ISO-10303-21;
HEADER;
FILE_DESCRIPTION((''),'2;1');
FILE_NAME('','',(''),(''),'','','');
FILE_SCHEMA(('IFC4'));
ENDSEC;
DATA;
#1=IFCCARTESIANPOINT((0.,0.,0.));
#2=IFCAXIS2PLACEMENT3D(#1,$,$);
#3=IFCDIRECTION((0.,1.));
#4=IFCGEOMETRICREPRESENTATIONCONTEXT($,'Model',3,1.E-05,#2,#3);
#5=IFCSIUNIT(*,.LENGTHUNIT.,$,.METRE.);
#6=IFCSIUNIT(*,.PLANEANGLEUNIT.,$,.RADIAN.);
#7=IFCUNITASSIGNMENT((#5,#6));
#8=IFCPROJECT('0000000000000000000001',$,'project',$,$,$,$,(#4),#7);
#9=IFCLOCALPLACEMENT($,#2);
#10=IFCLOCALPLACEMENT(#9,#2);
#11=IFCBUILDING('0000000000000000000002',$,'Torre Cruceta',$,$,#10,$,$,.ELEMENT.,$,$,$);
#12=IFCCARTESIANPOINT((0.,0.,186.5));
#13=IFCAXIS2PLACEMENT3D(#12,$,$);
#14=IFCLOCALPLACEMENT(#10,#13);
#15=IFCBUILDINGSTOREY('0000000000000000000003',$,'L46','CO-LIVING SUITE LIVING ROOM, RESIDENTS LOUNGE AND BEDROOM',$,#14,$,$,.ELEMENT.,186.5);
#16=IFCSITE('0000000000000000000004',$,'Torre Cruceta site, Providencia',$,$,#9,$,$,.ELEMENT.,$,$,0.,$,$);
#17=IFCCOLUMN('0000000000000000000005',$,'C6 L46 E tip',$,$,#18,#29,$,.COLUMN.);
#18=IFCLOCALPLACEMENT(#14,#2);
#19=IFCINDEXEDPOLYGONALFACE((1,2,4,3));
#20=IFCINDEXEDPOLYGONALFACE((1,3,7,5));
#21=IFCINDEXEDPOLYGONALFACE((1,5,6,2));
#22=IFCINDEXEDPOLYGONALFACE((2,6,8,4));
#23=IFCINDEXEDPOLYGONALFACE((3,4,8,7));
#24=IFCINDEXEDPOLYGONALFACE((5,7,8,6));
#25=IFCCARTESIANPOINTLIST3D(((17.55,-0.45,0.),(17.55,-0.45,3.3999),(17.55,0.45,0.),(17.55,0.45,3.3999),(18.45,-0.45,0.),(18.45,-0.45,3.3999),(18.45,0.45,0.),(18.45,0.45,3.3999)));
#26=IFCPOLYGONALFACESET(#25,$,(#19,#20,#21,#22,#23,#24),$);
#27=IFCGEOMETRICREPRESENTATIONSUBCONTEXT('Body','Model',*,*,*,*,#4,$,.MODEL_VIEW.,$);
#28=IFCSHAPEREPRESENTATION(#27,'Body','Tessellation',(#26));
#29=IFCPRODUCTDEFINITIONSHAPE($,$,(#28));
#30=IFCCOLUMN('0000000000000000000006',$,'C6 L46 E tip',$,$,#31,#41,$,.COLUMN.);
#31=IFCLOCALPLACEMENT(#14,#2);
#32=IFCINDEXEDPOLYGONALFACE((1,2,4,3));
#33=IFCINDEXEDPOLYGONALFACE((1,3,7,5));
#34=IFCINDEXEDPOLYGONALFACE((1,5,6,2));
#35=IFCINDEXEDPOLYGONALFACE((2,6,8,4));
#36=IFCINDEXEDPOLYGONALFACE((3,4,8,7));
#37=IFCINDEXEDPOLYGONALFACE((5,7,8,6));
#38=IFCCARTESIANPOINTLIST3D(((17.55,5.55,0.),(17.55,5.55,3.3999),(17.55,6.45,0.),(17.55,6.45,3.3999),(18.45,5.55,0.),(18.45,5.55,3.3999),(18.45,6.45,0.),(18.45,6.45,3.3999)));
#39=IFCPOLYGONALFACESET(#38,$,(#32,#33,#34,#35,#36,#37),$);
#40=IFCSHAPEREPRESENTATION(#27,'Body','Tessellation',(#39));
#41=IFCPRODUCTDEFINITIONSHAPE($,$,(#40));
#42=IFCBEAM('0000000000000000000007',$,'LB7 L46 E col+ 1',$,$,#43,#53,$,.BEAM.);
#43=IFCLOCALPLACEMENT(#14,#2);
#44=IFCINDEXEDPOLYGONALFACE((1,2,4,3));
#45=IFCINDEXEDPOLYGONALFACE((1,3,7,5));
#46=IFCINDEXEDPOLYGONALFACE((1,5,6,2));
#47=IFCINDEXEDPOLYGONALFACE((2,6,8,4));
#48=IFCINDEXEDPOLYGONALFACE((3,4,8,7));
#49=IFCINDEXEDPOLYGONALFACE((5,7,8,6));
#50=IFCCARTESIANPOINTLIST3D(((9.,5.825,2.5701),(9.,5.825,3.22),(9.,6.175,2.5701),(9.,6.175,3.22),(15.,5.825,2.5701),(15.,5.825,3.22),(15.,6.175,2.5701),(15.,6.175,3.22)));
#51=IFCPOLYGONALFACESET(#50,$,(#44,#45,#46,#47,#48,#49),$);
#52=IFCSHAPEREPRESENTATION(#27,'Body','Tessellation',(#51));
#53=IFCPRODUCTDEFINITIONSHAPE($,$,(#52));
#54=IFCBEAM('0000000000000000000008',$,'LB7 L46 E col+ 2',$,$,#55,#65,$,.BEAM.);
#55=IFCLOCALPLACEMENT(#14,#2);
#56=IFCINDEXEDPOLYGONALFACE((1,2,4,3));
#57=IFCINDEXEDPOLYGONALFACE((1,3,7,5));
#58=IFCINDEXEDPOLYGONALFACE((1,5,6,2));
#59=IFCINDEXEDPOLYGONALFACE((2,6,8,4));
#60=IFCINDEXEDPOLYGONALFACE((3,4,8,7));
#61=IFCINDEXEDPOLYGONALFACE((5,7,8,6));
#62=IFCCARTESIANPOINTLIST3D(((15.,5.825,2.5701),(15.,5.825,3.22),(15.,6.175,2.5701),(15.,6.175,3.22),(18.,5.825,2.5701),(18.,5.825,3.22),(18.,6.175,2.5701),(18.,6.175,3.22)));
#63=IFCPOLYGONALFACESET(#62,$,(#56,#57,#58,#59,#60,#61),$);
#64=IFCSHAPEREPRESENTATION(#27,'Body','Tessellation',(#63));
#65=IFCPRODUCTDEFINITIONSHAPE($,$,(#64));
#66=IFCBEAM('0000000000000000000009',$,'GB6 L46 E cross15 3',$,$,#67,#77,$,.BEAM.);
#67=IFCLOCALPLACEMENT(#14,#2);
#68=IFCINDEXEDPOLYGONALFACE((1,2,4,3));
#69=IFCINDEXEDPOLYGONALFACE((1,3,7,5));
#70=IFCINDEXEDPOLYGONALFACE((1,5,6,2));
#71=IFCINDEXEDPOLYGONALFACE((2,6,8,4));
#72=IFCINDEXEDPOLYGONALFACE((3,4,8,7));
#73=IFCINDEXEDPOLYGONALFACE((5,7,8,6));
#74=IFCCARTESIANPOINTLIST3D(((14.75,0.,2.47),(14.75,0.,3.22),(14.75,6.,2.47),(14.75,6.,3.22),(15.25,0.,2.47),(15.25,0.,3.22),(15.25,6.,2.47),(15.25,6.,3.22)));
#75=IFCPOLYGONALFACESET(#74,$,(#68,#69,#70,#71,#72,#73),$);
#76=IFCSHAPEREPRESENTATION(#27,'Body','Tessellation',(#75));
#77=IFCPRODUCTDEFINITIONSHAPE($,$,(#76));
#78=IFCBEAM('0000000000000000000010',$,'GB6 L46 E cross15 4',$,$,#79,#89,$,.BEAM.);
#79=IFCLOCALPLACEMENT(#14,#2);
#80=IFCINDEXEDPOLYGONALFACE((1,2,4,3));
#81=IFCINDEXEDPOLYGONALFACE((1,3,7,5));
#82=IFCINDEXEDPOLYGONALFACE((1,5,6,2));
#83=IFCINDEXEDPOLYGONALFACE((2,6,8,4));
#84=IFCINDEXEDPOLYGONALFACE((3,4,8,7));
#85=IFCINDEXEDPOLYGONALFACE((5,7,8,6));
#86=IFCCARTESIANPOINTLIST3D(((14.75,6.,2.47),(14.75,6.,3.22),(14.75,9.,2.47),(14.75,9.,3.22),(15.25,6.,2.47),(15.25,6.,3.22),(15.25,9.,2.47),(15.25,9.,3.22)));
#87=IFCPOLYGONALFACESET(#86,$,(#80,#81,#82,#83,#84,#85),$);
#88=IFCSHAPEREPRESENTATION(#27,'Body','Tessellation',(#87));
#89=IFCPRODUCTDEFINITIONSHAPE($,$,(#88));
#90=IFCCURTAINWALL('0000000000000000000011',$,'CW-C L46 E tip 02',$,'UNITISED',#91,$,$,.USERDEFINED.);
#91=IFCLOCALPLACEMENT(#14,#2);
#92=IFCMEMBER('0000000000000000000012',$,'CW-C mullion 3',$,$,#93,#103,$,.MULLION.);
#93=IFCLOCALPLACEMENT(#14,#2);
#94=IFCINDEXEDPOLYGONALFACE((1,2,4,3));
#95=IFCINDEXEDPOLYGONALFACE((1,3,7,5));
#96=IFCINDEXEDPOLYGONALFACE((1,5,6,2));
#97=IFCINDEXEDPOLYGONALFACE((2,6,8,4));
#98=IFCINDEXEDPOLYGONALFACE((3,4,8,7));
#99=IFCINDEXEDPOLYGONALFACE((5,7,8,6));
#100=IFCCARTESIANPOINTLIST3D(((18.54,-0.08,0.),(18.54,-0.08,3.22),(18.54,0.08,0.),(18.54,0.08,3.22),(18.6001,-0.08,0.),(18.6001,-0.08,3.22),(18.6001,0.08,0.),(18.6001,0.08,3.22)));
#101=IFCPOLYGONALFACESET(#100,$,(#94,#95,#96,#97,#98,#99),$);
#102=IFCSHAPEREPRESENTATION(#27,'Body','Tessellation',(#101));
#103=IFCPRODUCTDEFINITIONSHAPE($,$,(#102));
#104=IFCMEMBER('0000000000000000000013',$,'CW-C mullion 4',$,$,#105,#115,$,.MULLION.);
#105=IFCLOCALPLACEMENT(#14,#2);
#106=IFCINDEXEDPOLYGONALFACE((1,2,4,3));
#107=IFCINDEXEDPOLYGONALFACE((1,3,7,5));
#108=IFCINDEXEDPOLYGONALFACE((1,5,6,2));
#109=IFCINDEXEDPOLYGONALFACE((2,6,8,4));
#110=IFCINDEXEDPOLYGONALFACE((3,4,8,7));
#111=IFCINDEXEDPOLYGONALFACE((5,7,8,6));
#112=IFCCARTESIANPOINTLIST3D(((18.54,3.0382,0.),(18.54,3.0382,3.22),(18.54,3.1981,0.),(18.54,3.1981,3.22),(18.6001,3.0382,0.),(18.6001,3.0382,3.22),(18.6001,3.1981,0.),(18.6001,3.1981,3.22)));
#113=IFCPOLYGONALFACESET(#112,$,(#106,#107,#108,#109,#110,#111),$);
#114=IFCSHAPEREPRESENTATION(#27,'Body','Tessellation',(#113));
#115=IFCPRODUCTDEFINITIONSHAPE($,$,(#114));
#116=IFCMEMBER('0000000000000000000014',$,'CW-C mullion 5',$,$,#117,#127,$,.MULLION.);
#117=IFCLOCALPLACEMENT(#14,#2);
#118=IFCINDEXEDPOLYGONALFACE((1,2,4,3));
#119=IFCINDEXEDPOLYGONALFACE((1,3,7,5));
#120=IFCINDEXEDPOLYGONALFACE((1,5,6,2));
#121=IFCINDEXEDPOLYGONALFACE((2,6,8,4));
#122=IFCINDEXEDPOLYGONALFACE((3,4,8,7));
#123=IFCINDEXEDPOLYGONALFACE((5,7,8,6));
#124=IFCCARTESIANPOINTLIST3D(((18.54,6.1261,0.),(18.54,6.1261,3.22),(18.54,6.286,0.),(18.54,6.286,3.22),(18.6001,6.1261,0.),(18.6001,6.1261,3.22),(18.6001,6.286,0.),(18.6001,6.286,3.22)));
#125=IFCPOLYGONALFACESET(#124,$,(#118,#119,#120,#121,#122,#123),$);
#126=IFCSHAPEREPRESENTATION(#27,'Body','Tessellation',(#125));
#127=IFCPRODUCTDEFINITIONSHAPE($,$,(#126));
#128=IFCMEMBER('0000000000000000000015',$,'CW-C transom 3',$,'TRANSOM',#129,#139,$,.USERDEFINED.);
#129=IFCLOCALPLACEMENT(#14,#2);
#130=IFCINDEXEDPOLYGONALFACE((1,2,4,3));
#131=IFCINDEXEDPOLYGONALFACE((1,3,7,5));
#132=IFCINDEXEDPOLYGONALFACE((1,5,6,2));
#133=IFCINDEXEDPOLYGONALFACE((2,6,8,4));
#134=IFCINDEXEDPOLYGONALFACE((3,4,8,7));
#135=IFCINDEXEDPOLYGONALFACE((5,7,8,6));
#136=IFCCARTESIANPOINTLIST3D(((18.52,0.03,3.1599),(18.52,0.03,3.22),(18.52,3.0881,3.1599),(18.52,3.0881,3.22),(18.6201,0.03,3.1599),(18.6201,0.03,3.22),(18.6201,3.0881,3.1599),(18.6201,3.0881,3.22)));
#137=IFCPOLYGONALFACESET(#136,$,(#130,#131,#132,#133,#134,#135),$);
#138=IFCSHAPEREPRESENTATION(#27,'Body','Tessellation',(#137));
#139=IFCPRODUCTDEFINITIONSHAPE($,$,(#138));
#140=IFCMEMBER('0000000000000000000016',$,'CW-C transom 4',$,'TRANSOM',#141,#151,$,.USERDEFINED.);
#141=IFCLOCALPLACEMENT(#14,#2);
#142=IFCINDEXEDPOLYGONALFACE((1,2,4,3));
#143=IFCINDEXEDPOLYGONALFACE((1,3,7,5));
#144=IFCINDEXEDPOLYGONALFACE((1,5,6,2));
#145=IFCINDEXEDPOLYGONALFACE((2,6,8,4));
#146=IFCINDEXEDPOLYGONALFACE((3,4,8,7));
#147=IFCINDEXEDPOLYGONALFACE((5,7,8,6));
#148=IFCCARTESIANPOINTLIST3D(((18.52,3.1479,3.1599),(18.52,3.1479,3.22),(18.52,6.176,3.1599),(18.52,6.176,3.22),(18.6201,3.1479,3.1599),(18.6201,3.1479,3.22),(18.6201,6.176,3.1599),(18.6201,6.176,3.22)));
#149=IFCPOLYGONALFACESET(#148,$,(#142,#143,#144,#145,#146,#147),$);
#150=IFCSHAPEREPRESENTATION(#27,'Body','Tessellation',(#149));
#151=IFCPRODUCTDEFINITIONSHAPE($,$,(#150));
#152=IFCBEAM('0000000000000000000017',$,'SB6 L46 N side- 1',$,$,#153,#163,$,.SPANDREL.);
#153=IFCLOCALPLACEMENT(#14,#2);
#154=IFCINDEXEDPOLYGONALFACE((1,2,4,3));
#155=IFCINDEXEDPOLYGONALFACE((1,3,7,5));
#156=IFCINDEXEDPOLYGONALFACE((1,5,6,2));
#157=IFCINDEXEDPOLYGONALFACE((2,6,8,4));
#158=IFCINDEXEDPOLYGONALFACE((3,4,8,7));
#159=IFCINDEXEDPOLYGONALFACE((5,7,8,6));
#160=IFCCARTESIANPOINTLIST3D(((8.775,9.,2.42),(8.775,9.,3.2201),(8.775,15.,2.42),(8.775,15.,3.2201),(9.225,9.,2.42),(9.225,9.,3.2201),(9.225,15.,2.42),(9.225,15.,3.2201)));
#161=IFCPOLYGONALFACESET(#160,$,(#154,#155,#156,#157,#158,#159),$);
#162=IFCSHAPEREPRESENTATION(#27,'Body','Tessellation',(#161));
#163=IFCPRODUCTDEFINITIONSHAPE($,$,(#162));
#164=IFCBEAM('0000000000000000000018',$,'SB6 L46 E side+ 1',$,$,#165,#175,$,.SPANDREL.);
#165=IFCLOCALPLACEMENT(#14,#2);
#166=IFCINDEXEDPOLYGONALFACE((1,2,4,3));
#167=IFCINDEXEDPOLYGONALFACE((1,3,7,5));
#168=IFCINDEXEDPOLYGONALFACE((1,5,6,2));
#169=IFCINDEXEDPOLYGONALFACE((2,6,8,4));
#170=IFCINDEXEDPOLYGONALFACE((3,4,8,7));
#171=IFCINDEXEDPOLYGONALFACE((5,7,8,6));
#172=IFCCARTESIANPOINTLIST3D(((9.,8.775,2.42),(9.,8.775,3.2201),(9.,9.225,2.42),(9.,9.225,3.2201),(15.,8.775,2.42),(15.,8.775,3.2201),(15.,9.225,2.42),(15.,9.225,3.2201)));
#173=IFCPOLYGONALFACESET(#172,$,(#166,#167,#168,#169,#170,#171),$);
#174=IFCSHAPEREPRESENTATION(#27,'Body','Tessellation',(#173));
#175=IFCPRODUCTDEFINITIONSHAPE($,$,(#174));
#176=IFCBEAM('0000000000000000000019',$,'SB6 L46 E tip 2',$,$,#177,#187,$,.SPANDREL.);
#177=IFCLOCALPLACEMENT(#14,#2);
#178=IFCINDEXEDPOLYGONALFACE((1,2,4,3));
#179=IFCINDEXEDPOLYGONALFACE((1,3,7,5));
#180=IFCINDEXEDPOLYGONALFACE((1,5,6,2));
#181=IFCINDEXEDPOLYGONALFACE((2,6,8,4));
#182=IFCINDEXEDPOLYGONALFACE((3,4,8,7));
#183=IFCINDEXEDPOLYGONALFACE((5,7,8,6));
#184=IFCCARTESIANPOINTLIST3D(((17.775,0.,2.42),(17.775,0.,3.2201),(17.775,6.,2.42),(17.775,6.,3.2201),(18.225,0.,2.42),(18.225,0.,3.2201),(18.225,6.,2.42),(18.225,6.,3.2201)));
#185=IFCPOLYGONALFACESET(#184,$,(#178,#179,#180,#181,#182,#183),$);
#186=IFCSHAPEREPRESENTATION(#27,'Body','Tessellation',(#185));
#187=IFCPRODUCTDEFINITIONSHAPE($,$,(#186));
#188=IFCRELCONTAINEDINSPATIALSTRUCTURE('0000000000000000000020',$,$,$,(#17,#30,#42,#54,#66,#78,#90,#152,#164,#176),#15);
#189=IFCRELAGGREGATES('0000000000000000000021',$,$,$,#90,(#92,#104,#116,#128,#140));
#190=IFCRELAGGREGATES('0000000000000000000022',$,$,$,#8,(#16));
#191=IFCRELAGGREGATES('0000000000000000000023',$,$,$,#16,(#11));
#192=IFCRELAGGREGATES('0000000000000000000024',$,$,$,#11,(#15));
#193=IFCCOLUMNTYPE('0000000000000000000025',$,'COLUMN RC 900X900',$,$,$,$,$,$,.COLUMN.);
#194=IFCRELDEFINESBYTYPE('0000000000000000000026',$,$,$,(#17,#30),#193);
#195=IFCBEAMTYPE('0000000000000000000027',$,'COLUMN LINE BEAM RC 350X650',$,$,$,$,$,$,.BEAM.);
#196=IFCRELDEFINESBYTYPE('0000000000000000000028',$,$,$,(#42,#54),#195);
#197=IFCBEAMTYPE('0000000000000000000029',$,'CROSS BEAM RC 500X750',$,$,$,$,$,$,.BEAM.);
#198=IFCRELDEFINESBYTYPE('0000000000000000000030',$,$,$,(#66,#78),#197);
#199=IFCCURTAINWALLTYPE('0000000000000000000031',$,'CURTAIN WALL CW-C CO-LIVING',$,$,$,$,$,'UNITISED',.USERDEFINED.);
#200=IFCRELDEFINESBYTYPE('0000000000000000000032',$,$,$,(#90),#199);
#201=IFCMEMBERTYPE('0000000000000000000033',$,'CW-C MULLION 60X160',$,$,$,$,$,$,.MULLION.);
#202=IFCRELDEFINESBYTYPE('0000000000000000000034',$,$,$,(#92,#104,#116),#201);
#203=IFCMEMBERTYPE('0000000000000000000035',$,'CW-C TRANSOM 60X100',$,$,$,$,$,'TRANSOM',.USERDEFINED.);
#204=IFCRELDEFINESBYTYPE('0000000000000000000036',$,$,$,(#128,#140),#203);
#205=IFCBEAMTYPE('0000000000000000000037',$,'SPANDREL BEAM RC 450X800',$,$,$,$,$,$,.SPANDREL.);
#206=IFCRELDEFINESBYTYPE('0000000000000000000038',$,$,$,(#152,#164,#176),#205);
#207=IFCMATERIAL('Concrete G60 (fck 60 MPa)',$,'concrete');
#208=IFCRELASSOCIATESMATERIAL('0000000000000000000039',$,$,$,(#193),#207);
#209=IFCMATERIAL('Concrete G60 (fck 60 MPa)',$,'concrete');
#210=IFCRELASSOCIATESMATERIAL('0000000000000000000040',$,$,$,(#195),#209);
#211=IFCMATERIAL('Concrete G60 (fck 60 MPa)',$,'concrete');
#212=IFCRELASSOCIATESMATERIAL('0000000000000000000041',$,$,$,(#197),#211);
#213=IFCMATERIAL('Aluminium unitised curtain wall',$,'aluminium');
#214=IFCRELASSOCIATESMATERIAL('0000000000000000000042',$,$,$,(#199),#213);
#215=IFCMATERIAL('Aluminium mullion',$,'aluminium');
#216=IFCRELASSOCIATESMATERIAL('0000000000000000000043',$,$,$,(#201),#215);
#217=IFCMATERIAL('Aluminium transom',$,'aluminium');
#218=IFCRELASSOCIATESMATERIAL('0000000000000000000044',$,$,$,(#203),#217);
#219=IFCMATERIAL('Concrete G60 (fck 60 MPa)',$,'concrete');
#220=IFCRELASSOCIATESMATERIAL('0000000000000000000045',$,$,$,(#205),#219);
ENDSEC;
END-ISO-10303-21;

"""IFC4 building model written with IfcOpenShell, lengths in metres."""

from ifc_helpers import new_model, si_unit, direction, frame, origin, origin_2d, place, context, subcontext, project, spatial, rectangle, extrude, material, material_profile, profile_set, type_object, element, aggregate, save


model = new_model("IFC4")

# Units and contexts
model_context = context("Model", 3, precision=1e-05, world=origin(), true_north=direction((0.0, 1.0)))
body_context = subcontext(model_context, "Body", "Model", "MODEL_VIEW")
ifc_project = project(units=[si_unit("LENGTHUNIT", "METRE"), si_unit("PLANEANGLEUNIT", "RADIAN")], contexts=[model_context])

# Site, building, storey
site_placement = place(None, origin())
site = spatial("IfcSite", under=ifc_project, at=site_placement, Name="Torre Cruceta site, Providencia", CompositionType="ELEMENT", RefElevation=0.0)
building_placement = place(site_placement, origin())
building = spatial("IfcBuilding", under=site, at=building_placement, Name="Torre Cruceta", CompositionType="ELEMENT")
storey_placement = place(building_placement, frame((0.0, 0.0, 186.5)))
storey = spatial("IfcBuildingStorey", under=building, at=storey_placement, Name="L46", Description="CO-LIVING SUITE LIVING ROOM, RESIDENTS LOUNGE AND BEDROOM", CompositionType="ELEMENT", Elevation=186.5)

# Columns
ifc_material_1 = material(Name="Concrete G60 (fck 60 MPa)", Category="concrete")
ifc_material_profile_1 = material_profile(ifc_material_1, rectangle(XDim=0.8999, YDim=0.8999, at=origin_2d()), Name="RC 900X900")
ifc_profile_set_1 = profile_set([ifc_material_profile_1], Name="Concrete G60 (fck 60 MPa)")
column_type = type_object("IfcColumnType", Name="COLUMN RC 900X900", PredefinedType="COLUMN", material=ifc_profile_set_1)
for number, where, z_axis, x_axis, name in (
    (1, (18.0, 0.0, 0.0), (0.0, 0.0, 1.0), (1.0, 0.0, 0.0), "C6 L46 E tip"),
    (2, (18.0, 6.0, 0.0), (0.0, 0.0, 1.0), (1.0, 0.0, 0.0), "C6 L46 E tip"),
):
    element("IfcColumn", number, at=place(storey_placement, frame(where, z_axis=z_axis, x_axis=x_axis)), inside=storey, type_object=column_type, Name=name, PredefinedType="COLUMN", context=body_context, shape_type="SweptSolid", body=[
        extrude(rectangle(XDim=0.8999, YDim=0.8999, at=origin_2d()), origin(), (0.0, 0.0, 1.0), 3.3999),
    ])

# Beams
ifc_material_2 = material(Name="Concrete G60 (fck 60 MPa)", Category="concrete")
ifc_material_profile_2 = material_profile(ifc_material_2, rectangle(XDim=0.3501, YDim=0.6499, at=origin_2d()), Name="RC 350X650")
ifc_profile_set_2 = profile_set([ifc_material_profile_2], Name="Concrete G60 (fck 60 MPa)")
beam_type_1 = type_object("IfcBeamType", Name="COLUMN LINE BEAM RC 350X650", PredefinedType="BEAM", material=ifc_profile_set_2)
beam_1_placement = place(storey_placement, frame((9.0, 6.0, 2.895), z_axis=(1.0, 0.0, 0.0), x_axis=(0.0, 1.0, 0.0)))
element("IfcBeam", 3, at=beam_1_placement, inside=storey, type_object=beam_type_1, Name="LB7 L46 E col+ 1", PredefinedType="BEAM", context=body_context, shape_type="SweptSolid", body=[
    extrude(rectangle(XDim=0.3501, YDim=0.6499, at=origin_2d()), origin(), (0.0, 0.0, 1.0), 6.0),
])
beam_2_placement = place(storey_placement, frame((15.0, 6.0, 2.895), z_axis=(1.0, 0.0, 0.0), x_axis=(0.0, 1.0, 0.0)))
element("IfcBeam", 4, at=beam_2_placement, inside=storey, type_object=beam_type_1, Name="LB7 L46 E col+ 2", PredefinedType="BEAM", context=body_context, shape_type="SweptSolid", body=[
    extrude(rectangle(XDim=0.3501, YDim=0.6499, at=origin_2d()), origin(), (0.0, 0.0, 1.0), 3.0),
])
ifc_material_3 = material(Name="Concrete G60 (fck 60 MPa)", Category="concrete")
ifc_material_profile_3 = material_profile(ifc_material_3, rectangle(XDim=0.5, YDim=0.75, at=origin_2d()), Name="RC 500X750")
ifc_profile_set_3 = profile_set([ifc_material_profile_3], Name="Concrete G60 (fck 60 MPa)")
beam_type_2 = type_object("IfcBeamType", Name="CROSS BEAM RC 500X750", PredefinedType="BEAM", material=ifc_profile_set_3)
beam_3_placement = place(storey_placement, frame((15.0, 0.0, 2.845), z_axis=(0.0, 1.0, 0.0), x_axis=(-1.0, 0.0, 0.0)))
element("IfcBeam", 5, at=beam_3_placement, inside=storey, type_object=beam_type_2, Name="GB6 L46 E cross15 3", PredefinedType="BEAM", context=body_context, shape_type="SweptSolid", body=[
    extrude(rectangle(XDim=0.5, YDim=0.75, at=origin_2d()), origin(), (0.0, 0.0, 1.0), 6.0),
])
beam_4_placement = place(storey_placement, frame((15.0, 6.0, 2.845), z_axis=(0.0, 1.0, 0.0), x_axis=(-1.0, 0.0, 0.0)))
element("IfcBeam", 6, at=beam_4_placement, inside=storey, type_object=beam_type_2, Name="GB6 L46 E cross15 4", PredefinedType="BEAM", context=body_context, shape_type="SweptSolid", body=[
    extrude(rectangle(XDim=0.5, YDim=0.75, at=origin_2d()), origin(), (0.0, 0.0, 1.0), 3.0),
])

# Curtain wall, members
ifc_material_4 = material(Name="Aluminium unitised curtain wall", Category="aluminium")
curtain_wall_type = type_object("IfcCurtainWallType", Name="CURTAIN WALL CW-C CO-LIVING", ElementType="UNITISED", PredefinedType="USERDEFINED", material=ifc_material_4)
curtain_wall_placement = place(storey_placement, origin())
curtain_wall = element("IfcCurtainWall", 7, at=curtain_wall_placement, inside=storey, type_object=curtain_wall_type, Name="CW-C L46 E tip 02", ObjectType="UNITISED", PredefinedType="USERDEFINED")
ifc_material_5 = material(Name="Aluminium mullion", Category="aluminium")
ifc_material_profile_4 = material_profile(ifc_material_5, rectangle(XDim=0.0601, YDim=0.1599, at=origin_2d()), Name="AL 60X160")
ifc_profile_set_4 = profile_set([ifc_material_profile_4], Name="Aluminium mullion")
member_type_1 = type_object("IfcMemberType", Name="CW-C MULLION 60X160", PredefinedType="MULLION", material=ifc_profile_set_4)
member_1_placement = place(storey_placement, frame((18.5701, 0.0, 0.0), z_axis=(0.0, 0.0, 1.0), x_axis=(-1.0, 0.0, 0.0)))
member_1 = element("IfcMember", 8, at=member_1_placement, type_object=member_type_1, Name="CW-C mullion 3", PredefinedType="MULLION", context=body_context, shape_type="SweptSolid", body=[
    extrude(rectangle(XDim=0.0601, YDim=0.1599, at=origin_2d()), origin(), (0.0, 0.0, 1.0), 3.22),
])
member_2_placement = place(storey_placement, frame((18.5701, 3.1182, 0.0), z_axis=(0.0, 0.0, 1.0), x_axis=(-1.0, 0.0, 0.0)))
member_2 = element("IfcMember", 9, at=member_2_placement, type_object=member_type_1, Name="CW-C mullion 4", PredefinedType="MULLION", context=body_context, shape_type="SweptSolid", body=[
    extrude(rectangle(XDim=0.0601, YDim=0.1599, at=origin_2d()), origin(), (0.0, 0.0, 1.0), 3.22),
])
member_3_placement = place(storey_placement, frame((18.5701, 6.2061, 0.0), z_axis=(0.0, 0.0, 1.0), x_axis=(-1.0, 0.0, 0.0)))
member_3 = element("IfcMember", 10, at=member_3_placement, type_object=member_type_1, Name="CW-C mullion 5", PredefinedType="MULLION", context=body_context, shape_type="SweptSolid", body=[
    extrude(rectangle(XDim=0.0601, YDim=0.1599, at=origin_2d()), origin(), (0.0, 0.0, 1.0), 3.22),
])
ifc_material_6 = material(Name="Aluminium transom", Category="aluminium")
ifc_material_profile_5 = material_profile(ifc_material_6, rectangle(XDim=0.1001, YDim=0.0601, at=origin_2d()), Name="AL 100X60")
ifc_profile_set_5 = profile_set([ifc_material_profile_5], Name="Aluminium transom")
member_type_2 = type_object("IfcMemberType", Name="CW-C TRANSOM 60X100", ElementType="TRANSOM", PredefinedType="USERDEFINED", material=ifc_profile_set_5)
member_4_placement = place(storey_placement, frame((18.5701, 0.03, 3.1899), z_axis=(0.0, 1.0, 0.0), x_axis=(-1.0, 0.0, 0.0)))
member_4 = element("IfcMember", 11, at=member_4_placement, type_object=member_type_2, Name="CW-C transom 3", ObjectType="TRANSOM", PredefinedType="USERDEFINED", context=body_context, shape_type="SweptSolid", body=[
    extrude(rectangle(XDim=0.1001, YDim=0.0601, at=origin_2d()), origin(), (0.0, 0.0, 1.0), 3.0581),
])
member_5_placement = place(storey_placement, frame((18.5701, 3.1479, 3.1899), z_axis=(0.0, 1.0, 0.0), x_axis=(-1.0, 0.0, 0.0)))
member_5 = element("IfcMember", 12, at=member_5_placement, type_object=member_type_2, Name="CW-C transom 4", ObjectType="TRANSOM", PredefinedType="USERDEFINED", context=body_context, shape_type="SweptSolid", body=[
    extrude(rectangle(XDim=0.1001, YDim=0.0601, at=origin_2d()), origin(), (0.0, 0.0, 1.0), 3.0281),
])

# Beams
ifc_material_7 = material(Name="Concrete G60 (fck 60 MPa)", Category="concrete")
ifc_material_profile_6 = material_profile(ifc_material_7, rectangle(XDim=0.45, YDim=0.8, at=origin_2d()), Name="RC 450X800")
ifc_profile_set_6 = profile_set([ifc_material_profile_6], Name="Concrete G60 (fck 60 MPa)")
beam_type_3 = type_object("IfcBeamType", Name="SPANDREL BEAM RC 450X800", PredefinedType="SPANDREL", material=ifc_profile_set_6)
for number, where, z_axis, x_axis, name in (
    (13, (9.0, 9.0, 2.8201), (0.0, 1.0, 0.0), (-1.0, 0.0, 0.0), "SB6 L46 N side- 1"),
    (14, (9.0, 9.0, 2.8201), (1.0, 0.0, 0.0), (0.0, 1.0, 0.0), "SB6 L46 E side+ 1"),
    (15, (18.0, 0.0, 2.8201), (0.0, 1.0, 0.0), (-1.0, 0.0, 0.0), "SB6 L46 E tip 2"),
):
    element("IfcBeam", number, at=place(storey_placement, frame(where, z_axis=z_axis, x_axis=x_axis)), inside=storey, type_object=beam_type_3, Name=name, PredefinedType="SPANDREL", context=body_context, shape_type="SweptSolid", body=[
        extrude(rectangle(XDim=0.45, YDim=0.8, at=origin_2d()), origin(), (0.0, 0.0, 1.0), 6.0),
    ])

aggregate(curtain_wall, [member_1, member_2, member_3, member_4, member_5])

save(model, "model.ifc")
